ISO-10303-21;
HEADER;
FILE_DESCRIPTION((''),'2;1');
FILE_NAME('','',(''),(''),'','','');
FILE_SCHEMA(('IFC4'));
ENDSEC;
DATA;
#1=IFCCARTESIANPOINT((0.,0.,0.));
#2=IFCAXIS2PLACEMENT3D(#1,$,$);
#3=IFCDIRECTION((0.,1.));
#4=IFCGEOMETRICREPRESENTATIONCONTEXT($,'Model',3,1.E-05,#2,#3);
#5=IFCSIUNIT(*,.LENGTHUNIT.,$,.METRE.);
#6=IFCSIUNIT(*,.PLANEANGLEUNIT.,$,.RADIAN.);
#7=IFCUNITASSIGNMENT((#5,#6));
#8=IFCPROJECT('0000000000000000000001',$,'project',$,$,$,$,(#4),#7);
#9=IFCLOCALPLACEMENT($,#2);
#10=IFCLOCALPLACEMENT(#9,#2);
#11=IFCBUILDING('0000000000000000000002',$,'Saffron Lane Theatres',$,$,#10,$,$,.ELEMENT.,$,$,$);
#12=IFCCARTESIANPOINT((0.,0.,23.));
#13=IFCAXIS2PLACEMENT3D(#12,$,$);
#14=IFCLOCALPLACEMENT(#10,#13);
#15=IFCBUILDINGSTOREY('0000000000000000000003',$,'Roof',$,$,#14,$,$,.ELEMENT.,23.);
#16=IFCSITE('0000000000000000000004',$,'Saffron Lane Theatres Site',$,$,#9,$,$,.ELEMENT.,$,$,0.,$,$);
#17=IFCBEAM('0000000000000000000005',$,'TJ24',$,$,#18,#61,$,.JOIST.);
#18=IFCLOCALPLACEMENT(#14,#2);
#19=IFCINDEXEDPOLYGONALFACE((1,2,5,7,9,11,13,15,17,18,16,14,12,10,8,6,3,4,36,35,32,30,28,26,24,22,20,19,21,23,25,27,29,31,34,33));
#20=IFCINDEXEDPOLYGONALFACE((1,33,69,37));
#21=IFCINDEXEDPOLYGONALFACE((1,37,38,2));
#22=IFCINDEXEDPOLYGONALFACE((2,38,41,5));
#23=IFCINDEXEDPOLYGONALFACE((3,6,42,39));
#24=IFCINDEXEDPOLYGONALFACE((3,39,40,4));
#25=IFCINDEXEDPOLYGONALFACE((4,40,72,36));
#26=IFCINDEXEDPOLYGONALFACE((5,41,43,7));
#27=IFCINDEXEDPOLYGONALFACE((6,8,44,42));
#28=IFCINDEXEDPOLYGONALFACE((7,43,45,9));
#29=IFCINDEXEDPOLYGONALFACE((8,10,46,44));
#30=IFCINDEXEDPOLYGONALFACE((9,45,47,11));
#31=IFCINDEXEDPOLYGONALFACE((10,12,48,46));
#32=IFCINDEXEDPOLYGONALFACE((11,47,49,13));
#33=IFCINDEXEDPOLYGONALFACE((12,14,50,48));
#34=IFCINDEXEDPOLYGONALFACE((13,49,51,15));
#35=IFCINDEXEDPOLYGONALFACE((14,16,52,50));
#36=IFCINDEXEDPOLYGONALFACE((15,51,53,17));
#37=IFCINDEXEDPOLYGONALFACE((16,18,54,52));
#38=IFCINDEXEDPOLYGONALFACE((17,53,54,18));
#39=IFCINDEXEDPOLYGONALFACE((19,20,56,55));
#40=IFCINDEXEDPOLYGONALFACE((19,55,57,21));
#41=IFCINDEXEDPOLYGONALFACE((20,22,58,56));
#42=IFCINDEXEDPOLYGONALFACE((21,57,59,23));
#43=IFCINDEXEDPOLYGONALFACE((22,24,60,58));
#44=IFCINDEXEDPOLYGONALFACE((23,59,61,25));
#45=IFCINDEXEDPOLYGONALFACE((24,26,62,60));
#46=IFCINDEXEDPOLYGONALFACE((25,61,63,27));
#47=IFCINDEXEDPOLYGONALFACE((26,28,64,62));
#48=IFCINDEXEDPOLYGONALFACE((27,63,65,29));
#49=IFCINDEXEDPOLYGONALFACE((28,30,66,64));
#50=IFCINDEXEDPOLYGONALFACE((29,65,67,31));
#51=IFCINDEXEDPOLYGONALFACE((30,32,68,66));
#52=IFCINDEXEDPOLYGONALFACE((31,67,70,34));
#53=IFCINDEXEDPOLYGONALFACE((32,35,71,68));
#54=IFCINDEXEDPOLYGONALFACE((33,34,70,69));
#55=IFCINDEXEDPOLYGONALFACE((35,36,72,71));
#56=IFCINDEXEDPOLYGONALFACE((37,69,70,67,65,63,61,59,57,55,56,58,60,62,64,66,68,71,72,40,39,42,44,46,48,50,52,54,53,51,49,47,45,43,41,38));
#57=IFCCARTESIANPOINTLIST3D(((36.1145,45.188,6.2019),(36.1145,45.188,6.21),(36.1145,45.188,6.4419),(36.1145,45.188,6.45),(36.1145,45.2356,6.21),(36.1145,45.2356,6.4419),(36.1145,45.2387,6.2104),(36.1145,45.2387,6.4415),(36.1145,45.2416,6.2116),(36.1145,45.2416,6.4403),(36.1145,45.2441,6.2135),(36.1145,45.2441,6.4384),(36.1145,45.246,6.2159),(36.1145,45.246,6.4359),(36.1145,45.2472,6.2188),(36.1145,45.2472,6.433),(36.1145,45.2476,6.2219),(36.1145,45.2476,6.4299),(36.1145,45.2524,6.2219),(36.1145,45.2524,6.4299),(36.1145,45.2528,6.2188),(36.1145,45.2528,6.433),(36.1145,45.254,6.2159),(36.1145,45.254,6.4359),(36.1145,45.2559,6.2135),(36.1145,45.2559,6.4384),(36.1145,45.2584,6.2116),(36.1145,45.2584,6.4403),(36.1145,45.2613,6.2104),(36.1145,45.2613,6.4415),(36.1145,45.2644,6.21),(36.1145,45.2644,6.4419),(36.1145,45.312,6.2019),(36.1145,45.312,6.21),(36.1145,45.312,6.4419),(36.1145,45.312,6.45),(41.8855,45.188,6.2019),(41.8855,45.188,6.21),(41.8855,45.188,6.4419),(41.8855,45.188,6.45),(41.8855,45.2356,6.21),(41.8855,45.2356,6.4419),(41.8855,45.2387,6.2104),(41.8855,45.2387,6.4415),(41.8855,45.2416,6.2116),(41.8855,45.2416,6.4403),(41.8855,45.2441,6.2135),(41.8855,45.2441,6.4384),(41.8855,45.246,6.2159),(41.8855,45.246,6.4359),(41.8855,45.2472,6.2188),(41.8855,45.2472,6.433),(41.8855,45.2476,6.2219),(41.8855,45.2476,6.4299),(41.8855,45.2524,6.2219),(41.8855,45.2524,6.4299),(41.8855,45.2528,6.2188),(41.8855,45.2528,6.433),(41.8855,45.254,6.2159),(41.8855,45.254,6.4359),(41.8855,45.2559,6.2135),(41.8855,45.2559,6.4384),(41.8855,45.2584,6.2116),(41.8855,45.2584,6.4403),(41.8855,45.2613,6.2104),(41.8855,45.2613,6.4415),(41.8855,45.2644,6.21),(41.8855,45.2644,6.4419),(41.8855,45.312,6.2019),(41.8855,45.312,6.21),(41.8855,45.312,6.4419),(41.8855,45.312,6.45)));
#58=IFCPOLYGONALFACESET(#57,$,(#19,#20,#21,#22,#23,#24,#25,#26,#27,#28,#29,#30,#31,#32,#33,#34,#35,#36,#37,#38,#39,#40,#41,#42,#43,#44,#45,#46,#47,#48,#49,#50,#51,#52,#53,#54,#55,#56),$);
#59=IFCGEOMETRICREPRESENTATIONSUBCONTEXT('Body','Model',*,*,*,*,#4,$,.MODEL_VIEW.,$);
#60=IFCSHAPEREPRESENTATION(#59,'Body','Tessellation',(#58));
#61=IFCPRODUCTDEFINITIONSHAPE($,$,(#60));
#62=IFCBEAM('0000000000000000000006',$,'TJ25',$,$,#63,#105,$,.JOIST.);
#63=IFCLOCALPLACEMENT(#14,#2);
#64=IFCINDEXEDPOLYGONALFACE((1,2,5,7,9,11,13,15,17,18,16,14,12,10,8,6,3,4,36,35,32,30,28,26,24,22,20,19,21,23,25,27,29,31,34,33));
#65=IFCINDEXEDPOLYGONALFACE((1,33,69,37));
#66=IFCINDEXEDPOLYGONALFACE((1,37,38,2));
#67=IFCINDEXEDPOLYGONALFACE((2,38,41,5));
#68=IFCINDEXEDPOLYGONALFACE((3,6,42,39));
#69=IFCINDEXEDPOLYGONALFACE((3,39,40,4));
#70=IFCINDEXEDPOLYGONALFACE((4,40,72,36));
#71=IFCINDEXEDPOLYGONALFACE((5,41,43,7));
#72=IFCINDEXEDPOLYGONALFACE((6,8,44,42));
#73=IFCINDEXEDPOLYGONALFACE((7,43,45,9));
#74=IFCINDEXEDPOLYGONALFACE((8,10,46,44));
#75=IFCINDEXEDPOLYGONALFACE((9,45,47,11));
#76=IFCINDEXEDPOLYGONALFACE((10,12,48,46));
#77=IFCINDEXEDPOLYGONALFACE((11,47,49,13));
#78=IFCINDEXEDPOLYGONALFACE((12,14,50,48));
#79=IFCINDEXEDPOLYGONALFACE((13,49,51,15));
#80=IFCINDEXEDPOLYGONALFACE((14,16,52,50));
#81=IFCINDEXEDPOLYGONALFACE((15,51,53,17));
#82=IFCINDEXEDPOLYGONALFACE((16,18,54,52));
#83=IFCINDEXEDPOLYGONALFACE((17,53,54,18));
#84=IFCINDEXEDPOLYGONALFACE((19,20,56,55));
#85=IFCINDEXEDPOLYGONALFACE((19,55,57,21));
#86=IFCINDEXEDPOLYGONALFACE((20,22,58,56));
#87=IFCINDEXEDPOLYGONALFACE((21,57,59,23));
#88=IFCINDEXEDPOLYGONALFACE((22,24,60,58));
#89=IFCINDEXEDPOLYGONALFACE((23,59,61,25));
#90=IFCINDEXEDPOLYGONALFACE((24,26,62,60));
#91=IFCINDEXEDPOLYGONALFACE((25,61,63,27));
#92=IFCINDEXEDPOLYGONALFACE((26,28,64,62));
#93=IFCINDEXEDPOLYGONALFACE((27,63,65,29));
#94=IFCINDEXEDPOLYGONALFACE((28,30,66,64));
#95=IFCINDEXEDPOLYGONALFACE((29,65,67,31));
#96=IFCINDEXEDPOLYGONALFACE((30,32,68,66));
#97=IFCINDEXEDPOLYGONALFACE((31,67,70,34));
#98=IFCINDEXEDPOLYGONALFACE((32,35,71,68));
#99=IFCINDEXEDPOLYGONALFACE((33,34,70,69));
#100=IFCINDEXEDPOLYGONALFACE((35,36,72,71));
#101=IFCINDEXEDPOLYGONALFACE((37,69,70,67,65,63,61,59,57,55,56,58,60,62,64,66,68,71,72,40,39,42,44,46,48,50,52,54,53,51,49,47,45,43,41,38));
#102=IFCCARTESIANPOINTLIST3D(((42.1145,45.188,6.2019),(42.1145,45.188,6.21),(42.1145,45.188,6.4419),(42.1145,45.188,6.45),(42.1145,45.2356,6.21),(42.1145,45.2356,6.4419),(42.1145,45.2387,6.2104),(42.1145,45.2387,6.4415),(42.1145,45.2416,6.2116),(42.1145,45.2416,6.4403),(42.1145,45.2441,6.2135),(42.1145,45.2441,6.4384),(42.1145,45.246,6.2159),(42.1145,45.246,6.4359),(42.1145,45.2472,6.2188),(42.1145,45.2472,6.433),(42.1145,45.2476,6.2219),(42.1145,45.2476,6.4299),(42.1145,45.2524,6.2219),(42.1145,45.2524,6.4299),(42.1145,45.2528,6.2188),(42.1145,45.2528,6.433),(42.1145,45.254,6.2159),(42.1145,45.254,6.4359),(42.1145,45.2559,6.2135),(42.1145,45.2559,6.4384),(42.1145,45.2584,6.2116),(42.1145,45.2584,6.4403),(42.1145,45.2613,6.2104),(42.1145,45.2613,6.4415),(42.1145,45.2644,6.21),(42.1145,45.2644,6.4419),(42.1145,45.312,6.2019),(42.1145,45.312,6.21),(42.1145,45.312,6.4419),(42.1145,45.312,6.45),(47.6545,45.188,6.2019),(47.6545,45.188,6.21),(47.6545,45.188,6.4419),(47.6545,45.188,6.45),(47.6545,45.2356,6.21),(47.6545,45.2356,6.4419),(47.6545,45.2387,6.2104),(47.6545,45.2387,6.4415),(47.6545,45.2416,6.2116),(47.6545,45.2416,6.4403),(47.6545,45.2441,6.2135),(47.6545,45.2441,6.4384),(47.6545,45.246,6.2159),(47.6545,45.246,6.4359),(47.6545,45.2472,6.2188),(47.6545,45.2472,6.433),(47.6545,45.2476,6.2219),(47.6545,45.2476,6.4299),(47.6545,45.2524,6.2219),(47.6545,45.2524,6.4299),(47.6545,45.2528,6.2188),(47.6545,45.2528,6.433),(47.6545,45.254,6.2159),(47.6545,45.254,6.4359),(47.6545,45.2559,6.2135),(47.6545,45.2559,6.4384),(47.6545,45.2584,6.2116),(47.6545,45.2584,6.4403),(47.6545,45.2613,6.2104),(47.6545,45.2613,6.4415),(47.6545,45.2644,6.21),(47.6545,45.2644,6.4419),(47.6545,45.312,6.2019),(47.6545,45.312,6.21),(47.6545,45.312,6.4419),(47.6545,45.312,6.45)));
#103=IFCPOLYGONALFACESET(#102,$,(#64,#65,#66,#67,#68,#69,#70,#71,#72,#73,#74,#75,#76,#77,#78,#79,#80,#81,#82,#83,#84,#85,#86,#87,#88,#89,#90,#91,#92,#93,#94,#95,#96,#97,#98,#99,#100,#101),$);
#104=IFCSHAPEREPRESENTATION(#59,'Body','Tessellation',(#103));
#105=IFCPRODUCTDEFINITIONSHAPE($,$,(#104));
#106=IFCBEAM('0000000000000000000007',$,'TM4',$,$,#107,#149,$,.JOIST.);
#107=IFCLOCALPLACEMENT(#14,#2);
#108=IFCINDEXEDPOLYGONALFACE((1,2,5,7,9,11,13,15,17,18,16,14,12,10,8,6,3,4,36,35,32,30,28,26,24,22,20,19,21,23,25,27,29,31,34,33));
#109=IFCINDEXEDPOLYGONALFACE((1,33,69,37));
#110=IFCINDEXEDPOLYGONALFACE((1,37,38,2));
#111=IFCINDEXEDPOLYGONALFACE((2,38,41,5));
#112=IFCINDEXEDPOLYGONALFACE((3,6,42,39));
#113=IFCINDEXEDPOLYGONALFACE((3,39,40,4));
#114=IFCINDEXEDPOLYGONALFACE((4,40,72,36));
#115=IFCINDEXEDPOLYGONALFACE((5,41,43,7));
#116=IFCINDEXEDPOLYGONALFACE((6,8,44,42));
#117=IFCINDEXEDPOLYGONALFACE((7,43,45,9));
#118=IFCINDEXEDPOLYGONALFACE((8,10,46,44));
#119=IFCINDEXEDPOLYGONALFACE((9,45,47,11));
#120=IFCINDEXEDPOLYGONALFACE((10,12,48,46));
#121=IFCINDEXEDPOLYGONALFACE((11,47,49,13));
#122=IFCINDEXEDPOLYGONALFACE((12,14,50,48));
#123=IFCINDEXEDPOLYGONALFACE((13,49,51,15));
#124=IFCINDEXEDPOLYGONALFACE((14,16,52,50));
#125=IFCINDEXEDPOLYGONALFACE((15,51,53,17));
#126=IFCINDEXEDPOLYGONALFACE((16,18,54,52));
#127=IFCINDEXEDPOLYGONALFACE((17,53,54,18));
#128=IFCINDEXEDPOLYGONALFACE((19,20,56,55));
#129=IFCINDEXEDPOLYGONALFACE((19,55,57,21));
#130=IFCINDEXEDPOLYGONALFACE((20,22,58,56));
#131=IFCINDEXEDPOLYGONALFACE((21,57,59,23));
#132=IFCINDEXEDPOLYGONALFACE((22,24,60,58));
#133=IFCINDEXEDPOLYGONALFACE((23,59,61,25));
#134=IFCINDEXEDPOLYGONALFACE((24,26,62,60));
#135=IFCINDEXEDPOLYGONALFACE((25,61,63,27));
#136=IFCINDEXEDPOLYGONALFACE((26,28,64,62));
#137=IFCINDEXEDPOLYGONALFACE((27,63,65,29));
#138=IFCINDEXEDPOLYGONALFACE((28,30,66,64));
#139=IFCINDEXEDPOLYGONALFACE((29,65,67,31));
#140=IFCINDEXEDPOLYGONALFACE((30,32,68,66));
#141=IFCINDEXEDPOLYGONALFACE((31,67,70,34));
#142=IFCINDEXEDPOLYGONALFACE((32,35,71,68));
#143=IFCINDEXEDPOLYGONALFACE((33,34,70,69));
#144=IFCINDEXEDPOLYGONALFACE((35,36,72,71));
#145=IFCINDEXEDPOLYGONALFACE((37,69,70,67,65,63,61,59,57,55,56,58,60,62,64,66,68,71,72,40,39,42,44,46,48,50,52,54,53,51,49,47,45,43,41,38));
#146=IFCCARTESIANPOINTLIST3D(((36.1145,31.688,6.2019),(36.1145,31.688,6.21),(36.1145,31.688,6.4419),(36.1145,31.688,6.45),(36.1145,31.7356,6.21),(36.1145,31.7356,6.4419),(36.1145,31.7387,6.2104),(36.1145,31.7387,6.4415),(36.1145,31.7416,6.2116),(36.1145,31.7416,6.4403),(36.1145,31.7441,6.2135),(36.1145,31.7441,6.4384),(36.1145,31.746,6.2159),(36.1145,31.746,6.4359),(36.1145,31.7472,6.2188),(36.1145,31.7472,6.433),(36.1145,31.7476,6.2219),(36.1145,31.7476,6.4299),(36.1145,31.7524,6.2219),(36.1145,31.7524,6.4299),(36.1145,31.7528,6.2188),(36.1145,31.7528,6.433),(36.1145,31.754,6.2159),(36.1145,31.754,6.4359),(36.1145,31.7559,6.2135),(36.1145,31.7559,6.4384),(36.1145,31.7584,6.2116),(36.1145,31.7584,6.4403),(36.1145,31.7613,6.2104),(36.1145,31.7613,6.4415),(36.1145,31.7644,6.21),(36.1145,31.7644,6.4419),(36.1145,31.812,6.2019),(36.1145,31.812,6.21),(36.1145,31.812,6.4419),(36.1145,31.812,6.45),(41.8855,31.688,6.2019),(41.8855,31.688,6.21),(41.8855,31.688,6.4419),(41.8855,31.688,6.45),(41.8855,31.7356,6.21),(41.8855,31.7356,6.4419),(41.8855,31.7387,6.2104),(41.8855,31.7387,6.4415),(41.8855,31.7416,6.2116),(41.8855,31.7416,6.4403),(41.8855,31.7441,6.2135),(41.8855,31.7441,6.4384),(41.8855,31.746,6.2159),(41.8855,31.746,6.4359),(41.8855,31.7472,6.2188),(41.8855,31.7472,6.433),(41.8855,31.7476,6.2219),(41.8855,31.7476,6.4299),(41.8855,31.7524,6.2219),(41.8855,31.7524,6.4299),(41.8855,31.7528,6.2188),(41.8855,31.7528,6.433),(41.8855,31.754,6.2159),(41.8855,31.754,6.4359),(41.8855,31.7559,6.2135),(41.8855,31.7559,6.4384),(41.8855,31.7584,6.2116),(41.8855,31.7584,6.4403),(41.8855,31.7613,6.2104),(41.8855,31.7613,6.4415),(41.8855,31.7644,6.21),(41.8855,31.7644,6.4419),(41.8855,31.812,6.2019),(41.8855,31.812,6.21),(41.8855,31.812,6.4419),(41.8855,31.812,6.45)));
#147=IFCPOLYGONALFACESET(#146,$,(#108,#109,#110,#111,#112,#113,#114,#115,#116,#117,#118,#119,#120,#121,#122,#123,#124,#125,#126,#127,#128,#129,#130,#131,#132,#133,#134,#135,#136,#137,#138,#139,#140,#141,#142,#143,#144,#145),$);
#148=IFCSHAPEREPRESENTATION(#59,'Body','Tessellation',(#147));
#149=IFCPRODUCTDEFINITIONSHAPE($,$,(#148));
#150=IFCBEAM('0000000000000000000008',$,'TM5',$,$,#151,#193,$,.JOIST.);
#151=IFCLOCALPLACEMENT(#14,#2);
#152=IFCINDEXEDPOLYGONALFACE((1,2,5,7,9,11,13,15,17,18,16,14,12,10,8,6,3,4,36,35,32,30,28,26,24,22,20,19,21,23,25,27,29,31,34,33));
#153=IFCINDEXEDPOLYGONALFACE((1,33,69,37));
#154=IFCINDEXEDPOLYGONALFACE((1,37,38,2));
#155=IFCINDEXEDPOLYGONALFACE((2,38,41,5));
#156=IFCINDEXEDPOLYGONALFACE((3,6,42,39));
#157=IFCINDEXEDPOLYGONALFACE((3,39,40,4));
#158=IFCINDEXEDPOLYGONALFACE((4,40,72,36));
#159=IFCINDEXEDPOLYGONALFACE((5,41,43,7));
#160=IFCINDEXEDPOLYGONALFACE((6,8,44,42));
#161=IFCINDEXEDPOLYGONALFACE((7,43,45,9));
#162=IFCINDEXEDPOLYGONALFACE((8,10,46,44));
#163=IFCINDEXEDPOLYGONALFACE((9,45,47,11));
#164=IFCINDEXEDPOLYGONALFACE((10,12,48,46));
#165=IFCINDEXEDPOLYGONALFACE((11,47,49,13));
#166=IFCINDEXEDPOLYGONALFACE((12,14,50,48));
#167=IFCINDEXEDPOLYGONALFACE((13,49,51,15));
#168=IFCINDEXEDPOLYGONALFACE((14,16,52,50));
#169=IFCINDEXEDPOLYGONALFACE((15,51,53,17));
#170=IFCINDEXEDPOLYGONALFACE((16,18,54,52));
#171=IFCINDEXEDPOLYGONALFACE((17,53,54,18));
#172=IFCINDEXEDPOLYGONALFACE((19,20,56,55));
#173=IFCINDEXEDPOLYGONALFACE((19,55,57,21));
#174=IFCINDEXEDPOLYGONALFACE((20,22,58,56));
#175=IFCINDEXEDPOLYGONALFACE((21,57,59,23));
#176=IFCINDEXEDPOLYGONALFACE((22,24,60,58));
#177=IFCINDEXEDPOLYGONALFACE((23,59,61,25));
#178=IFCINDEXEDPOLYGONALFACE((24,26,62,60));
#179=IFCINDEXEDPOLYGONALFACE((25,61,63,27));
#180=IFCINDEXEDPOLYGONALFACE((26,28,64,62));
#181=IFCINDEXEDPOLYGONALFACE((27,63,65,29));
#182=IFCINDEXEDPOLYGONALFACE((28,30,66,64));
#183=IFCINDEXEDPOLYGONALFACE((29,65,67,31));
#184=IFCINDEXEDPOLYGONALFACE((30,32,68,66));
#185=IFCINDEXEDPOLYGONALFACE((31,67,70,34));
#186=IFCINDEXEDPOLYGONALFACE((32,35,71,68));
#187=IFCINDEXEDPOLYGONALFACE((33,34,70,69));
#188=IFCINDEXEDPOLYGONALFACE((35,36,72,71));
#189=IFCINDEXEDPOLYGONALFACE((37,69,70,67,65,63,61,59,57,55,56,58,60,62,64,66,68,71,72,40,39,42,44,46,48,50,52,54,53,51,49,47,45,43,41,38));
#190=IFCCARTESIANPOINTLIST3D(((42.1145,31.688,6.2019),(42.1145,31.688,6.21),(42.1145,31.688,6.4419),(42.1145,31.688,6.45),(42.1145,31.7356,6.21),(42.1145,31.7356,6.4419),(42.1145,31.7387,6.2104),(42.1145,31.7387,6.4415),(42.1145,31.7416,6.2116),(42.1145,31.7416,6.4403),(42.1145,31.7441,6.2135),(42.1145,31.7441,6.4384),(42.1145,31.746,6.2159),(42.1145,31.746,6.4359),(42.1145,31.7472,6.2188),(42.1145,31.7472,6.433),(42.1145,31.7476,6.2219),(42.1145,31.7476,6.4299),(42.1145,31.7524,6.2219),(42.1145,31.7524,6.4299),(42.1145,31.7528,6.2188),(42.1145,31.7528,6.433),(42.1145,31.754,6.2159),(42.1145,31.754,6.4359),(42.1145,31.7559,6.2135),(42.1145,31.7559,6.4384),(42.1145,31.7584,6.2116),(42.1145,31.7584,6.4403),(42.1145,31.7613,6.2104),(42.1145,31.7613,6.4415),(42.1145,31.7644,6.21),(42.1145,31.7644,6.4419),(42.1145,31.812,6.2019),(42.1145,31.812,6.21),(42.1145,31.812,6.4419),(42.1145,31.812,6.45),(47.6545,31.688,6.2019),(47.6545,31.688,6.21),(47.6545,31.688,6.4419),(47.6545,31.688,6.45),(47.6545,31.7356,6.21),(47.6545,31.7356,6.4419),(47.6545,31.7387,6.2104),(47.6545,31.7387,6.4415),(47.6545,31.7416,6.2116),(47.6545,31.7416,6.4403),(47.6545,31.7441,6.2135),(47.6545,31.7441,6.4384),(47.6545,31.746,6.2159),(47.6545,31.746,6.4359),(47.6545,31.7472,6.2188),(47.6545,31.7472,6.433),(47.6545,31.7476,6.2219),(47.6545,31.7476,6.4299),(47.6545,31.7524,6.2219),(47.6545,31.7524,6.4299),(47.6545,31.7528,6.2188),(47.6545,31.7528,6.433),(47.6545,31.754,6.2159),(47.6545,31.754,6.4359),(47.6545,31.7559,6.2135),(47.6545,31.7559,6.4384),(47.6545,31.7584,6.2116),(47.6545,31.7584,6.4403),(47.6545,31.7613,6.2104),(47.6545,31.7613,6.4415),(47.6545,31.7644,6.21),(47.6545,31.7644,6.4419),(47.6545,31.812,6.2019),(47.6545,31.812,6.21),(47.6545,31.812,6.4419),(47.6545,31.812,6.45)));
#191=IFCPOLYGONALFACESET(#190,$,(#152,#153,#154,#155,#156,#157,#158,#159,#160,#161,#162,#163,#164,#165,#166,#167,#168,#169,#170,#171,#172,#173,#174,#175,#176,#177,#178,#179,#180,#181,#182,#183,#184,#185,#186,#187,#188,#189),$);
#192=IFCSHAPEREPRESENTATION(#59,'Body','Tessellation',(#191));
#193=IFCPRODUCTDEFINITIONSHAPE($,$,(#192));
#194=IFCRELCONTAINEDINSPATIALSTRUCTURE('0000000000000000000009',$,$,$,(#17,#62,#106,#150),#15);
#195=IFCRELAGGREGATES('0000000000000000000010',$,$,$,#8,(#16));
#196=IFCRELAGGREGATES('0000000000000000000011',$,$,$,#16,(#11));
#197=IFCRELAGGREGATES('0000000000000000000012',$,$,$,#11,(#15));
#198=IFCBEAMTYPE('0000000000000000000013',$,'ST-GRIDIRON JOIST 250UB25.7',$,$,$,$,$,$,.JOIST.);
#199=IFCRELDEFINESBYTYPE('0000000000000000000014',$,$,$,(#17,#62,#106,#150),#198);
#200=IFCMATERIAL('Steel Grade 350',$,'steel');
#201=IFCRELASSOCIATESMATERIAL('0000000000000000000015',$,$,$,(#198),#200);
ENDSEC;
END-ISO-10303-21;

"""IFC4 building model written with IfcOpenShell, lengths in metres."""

from ifc_helpers import new_model, si_unit, direction, frame, origin, origin_2d, place, context, subcontext, project, spatial, i_section, extrude, material, material_profile, profile_set, type_object, element, save


model = new_model("IFC4")

# Units and contexts
model_context = context("Model", 3, precision=1e-05, world=origin(), true_north=direction((0.0, 1.0)))
body_context = subcontext(model_context, "Body", "Model", "MODEL_VIEW")
ifc_project = project(units=[si_unit("LENGTHUNIT", "METRE"), si_unit("PLANEANGLEUNIT", "RADIAN")], contexts=[model_context])

# Site, building, storey
site_placement = place(None, origin())
site = spatial("IfcSite", under=ifc_project, at=site_placement, Name="Saffron Lane Theatres Site", CompositionType="ELEMENT", RefElevation=0.0)
building_placement = place(site_placement, origin())
building = spatial("IfcBuilding", under=site, at=building_placement, Name="Saffron Lane Theatres", CompositionType="ELEMENT")
storey_placement = place(building_placement, frame((0.0, 0.0, 23.0)))
storey = spatial("IfcBuildingStorey", under=building, at=storey_placement, Name="Roof", CompositionType="ELEMENT", Elevation=23.0)

# Beams
ifc_material_1 = material(Name="Steel Grade 350", Category="steel")
ifc_material_profile_1 = material_profile(ifc_material_1, i_section(OverallWidth=0.124, OverallDepth=0.248, WebThickness=0.0049, FlangeThickness=0.0081, FilletRadius=0.012, at=origin_2d()))
ifc_profile_set_1 = profile_set([ifc_material_profile_1], Name="Steel Grade 350")
beam_type_1 = type_object("IfcBeamType", Name="ST-GRIDIRON JOIST 250UB25.7", PredefinedType="JOIST", material=ifc_profile_set_1)
beam_1_placement = place(storey_placement, frame((36.1145, 45.25, 6.3259), z_axis=(1.0, 0.0, 0.0), x_axis=(0.0, 1.0, 0.0)))
element("IfcBeam", 1, at=beam_1_placement, inside=storey, type_object=beam_type_1, Name="TJ24", PredefinedType="JOIST", context=body_context, shape_type="SweptSolid", body=[
    extrude(i_section(OverallWidth=0.124, OverallDepth=0.248, WebThickness=0.0049, FlangeThickness=0.0081, FilletRadius=0.012, at=origin_2d()), origin(), (0.0, 0.0, 1.0), 5.771),
])
beam_2_placement = place(storey_placement, frame((42.1145, 45.25, 6.3259), z_axis=(1.0, 0.0, 0.0), x_axis=(0.0, 1.0, 0.0)))
element("IfcBeam", 2, at=beam_2_placement, inside=storey, type_object=beam_type_1, Name="TJ25", PredefinedType="JOIST", context=body_context, shape_type="SweptSolid", body=[
    extrude(i_section(OverallWidth=0.124, OverallDepth=0.248, WebThickness=0.0049, FlangeThickness=0.0081, FilletRadius=0.012, at=origin_2d()), origin(), (0.0, 0.0, 1.0), 5.54),
])
beam_3_placement = place(storey_placement, frame((36.1145, 31.75, 6.3259), z_axis=(1.0, 0.0, 0.0), x_axis=(0.0, 1.0, 0.0)))
element("IfcBeam", 3, at=beam_3_placement, inside=storey, type_object=beam_type_1, Name="TM4", PredefinedType="JOIST", context=body_context, shape_type="SweptSolid", body=[
    extrude(i_section(OverallWidth=0.124, OverallDepth=0.248, WebThickness=0.0049, FlangeThickness=0.0081, FilletRadius=0.012, at=origin_2d()), origin(), (0.0, 0.0, 1.0), 5.771),
])
beam_4_placement = place(storey_placement, frame((42.1145, 31.75, 6.3259), z_axis=(1.0, 0.0, 0.0), x_axis=(0.0, 1.0, 0.0)))
element("IfcBeam", 4, at=beam_4_placement, inside=storey, type_object=beam_type_1, Name="TM5", PredefinedType="JOIST", context=body_context, shape_type="SweptSolid", body=[
    extrude(i_section(OverallWidth=0.124, OverallDepth=0.248, WebThickness=0.0049, FlangeThickness=0.0081, FilletRadius=0.012, at=origin_2d()), origin(), (0.0, 0.0, 1.0), 5.54),
])

save(model, "model.ifc")
